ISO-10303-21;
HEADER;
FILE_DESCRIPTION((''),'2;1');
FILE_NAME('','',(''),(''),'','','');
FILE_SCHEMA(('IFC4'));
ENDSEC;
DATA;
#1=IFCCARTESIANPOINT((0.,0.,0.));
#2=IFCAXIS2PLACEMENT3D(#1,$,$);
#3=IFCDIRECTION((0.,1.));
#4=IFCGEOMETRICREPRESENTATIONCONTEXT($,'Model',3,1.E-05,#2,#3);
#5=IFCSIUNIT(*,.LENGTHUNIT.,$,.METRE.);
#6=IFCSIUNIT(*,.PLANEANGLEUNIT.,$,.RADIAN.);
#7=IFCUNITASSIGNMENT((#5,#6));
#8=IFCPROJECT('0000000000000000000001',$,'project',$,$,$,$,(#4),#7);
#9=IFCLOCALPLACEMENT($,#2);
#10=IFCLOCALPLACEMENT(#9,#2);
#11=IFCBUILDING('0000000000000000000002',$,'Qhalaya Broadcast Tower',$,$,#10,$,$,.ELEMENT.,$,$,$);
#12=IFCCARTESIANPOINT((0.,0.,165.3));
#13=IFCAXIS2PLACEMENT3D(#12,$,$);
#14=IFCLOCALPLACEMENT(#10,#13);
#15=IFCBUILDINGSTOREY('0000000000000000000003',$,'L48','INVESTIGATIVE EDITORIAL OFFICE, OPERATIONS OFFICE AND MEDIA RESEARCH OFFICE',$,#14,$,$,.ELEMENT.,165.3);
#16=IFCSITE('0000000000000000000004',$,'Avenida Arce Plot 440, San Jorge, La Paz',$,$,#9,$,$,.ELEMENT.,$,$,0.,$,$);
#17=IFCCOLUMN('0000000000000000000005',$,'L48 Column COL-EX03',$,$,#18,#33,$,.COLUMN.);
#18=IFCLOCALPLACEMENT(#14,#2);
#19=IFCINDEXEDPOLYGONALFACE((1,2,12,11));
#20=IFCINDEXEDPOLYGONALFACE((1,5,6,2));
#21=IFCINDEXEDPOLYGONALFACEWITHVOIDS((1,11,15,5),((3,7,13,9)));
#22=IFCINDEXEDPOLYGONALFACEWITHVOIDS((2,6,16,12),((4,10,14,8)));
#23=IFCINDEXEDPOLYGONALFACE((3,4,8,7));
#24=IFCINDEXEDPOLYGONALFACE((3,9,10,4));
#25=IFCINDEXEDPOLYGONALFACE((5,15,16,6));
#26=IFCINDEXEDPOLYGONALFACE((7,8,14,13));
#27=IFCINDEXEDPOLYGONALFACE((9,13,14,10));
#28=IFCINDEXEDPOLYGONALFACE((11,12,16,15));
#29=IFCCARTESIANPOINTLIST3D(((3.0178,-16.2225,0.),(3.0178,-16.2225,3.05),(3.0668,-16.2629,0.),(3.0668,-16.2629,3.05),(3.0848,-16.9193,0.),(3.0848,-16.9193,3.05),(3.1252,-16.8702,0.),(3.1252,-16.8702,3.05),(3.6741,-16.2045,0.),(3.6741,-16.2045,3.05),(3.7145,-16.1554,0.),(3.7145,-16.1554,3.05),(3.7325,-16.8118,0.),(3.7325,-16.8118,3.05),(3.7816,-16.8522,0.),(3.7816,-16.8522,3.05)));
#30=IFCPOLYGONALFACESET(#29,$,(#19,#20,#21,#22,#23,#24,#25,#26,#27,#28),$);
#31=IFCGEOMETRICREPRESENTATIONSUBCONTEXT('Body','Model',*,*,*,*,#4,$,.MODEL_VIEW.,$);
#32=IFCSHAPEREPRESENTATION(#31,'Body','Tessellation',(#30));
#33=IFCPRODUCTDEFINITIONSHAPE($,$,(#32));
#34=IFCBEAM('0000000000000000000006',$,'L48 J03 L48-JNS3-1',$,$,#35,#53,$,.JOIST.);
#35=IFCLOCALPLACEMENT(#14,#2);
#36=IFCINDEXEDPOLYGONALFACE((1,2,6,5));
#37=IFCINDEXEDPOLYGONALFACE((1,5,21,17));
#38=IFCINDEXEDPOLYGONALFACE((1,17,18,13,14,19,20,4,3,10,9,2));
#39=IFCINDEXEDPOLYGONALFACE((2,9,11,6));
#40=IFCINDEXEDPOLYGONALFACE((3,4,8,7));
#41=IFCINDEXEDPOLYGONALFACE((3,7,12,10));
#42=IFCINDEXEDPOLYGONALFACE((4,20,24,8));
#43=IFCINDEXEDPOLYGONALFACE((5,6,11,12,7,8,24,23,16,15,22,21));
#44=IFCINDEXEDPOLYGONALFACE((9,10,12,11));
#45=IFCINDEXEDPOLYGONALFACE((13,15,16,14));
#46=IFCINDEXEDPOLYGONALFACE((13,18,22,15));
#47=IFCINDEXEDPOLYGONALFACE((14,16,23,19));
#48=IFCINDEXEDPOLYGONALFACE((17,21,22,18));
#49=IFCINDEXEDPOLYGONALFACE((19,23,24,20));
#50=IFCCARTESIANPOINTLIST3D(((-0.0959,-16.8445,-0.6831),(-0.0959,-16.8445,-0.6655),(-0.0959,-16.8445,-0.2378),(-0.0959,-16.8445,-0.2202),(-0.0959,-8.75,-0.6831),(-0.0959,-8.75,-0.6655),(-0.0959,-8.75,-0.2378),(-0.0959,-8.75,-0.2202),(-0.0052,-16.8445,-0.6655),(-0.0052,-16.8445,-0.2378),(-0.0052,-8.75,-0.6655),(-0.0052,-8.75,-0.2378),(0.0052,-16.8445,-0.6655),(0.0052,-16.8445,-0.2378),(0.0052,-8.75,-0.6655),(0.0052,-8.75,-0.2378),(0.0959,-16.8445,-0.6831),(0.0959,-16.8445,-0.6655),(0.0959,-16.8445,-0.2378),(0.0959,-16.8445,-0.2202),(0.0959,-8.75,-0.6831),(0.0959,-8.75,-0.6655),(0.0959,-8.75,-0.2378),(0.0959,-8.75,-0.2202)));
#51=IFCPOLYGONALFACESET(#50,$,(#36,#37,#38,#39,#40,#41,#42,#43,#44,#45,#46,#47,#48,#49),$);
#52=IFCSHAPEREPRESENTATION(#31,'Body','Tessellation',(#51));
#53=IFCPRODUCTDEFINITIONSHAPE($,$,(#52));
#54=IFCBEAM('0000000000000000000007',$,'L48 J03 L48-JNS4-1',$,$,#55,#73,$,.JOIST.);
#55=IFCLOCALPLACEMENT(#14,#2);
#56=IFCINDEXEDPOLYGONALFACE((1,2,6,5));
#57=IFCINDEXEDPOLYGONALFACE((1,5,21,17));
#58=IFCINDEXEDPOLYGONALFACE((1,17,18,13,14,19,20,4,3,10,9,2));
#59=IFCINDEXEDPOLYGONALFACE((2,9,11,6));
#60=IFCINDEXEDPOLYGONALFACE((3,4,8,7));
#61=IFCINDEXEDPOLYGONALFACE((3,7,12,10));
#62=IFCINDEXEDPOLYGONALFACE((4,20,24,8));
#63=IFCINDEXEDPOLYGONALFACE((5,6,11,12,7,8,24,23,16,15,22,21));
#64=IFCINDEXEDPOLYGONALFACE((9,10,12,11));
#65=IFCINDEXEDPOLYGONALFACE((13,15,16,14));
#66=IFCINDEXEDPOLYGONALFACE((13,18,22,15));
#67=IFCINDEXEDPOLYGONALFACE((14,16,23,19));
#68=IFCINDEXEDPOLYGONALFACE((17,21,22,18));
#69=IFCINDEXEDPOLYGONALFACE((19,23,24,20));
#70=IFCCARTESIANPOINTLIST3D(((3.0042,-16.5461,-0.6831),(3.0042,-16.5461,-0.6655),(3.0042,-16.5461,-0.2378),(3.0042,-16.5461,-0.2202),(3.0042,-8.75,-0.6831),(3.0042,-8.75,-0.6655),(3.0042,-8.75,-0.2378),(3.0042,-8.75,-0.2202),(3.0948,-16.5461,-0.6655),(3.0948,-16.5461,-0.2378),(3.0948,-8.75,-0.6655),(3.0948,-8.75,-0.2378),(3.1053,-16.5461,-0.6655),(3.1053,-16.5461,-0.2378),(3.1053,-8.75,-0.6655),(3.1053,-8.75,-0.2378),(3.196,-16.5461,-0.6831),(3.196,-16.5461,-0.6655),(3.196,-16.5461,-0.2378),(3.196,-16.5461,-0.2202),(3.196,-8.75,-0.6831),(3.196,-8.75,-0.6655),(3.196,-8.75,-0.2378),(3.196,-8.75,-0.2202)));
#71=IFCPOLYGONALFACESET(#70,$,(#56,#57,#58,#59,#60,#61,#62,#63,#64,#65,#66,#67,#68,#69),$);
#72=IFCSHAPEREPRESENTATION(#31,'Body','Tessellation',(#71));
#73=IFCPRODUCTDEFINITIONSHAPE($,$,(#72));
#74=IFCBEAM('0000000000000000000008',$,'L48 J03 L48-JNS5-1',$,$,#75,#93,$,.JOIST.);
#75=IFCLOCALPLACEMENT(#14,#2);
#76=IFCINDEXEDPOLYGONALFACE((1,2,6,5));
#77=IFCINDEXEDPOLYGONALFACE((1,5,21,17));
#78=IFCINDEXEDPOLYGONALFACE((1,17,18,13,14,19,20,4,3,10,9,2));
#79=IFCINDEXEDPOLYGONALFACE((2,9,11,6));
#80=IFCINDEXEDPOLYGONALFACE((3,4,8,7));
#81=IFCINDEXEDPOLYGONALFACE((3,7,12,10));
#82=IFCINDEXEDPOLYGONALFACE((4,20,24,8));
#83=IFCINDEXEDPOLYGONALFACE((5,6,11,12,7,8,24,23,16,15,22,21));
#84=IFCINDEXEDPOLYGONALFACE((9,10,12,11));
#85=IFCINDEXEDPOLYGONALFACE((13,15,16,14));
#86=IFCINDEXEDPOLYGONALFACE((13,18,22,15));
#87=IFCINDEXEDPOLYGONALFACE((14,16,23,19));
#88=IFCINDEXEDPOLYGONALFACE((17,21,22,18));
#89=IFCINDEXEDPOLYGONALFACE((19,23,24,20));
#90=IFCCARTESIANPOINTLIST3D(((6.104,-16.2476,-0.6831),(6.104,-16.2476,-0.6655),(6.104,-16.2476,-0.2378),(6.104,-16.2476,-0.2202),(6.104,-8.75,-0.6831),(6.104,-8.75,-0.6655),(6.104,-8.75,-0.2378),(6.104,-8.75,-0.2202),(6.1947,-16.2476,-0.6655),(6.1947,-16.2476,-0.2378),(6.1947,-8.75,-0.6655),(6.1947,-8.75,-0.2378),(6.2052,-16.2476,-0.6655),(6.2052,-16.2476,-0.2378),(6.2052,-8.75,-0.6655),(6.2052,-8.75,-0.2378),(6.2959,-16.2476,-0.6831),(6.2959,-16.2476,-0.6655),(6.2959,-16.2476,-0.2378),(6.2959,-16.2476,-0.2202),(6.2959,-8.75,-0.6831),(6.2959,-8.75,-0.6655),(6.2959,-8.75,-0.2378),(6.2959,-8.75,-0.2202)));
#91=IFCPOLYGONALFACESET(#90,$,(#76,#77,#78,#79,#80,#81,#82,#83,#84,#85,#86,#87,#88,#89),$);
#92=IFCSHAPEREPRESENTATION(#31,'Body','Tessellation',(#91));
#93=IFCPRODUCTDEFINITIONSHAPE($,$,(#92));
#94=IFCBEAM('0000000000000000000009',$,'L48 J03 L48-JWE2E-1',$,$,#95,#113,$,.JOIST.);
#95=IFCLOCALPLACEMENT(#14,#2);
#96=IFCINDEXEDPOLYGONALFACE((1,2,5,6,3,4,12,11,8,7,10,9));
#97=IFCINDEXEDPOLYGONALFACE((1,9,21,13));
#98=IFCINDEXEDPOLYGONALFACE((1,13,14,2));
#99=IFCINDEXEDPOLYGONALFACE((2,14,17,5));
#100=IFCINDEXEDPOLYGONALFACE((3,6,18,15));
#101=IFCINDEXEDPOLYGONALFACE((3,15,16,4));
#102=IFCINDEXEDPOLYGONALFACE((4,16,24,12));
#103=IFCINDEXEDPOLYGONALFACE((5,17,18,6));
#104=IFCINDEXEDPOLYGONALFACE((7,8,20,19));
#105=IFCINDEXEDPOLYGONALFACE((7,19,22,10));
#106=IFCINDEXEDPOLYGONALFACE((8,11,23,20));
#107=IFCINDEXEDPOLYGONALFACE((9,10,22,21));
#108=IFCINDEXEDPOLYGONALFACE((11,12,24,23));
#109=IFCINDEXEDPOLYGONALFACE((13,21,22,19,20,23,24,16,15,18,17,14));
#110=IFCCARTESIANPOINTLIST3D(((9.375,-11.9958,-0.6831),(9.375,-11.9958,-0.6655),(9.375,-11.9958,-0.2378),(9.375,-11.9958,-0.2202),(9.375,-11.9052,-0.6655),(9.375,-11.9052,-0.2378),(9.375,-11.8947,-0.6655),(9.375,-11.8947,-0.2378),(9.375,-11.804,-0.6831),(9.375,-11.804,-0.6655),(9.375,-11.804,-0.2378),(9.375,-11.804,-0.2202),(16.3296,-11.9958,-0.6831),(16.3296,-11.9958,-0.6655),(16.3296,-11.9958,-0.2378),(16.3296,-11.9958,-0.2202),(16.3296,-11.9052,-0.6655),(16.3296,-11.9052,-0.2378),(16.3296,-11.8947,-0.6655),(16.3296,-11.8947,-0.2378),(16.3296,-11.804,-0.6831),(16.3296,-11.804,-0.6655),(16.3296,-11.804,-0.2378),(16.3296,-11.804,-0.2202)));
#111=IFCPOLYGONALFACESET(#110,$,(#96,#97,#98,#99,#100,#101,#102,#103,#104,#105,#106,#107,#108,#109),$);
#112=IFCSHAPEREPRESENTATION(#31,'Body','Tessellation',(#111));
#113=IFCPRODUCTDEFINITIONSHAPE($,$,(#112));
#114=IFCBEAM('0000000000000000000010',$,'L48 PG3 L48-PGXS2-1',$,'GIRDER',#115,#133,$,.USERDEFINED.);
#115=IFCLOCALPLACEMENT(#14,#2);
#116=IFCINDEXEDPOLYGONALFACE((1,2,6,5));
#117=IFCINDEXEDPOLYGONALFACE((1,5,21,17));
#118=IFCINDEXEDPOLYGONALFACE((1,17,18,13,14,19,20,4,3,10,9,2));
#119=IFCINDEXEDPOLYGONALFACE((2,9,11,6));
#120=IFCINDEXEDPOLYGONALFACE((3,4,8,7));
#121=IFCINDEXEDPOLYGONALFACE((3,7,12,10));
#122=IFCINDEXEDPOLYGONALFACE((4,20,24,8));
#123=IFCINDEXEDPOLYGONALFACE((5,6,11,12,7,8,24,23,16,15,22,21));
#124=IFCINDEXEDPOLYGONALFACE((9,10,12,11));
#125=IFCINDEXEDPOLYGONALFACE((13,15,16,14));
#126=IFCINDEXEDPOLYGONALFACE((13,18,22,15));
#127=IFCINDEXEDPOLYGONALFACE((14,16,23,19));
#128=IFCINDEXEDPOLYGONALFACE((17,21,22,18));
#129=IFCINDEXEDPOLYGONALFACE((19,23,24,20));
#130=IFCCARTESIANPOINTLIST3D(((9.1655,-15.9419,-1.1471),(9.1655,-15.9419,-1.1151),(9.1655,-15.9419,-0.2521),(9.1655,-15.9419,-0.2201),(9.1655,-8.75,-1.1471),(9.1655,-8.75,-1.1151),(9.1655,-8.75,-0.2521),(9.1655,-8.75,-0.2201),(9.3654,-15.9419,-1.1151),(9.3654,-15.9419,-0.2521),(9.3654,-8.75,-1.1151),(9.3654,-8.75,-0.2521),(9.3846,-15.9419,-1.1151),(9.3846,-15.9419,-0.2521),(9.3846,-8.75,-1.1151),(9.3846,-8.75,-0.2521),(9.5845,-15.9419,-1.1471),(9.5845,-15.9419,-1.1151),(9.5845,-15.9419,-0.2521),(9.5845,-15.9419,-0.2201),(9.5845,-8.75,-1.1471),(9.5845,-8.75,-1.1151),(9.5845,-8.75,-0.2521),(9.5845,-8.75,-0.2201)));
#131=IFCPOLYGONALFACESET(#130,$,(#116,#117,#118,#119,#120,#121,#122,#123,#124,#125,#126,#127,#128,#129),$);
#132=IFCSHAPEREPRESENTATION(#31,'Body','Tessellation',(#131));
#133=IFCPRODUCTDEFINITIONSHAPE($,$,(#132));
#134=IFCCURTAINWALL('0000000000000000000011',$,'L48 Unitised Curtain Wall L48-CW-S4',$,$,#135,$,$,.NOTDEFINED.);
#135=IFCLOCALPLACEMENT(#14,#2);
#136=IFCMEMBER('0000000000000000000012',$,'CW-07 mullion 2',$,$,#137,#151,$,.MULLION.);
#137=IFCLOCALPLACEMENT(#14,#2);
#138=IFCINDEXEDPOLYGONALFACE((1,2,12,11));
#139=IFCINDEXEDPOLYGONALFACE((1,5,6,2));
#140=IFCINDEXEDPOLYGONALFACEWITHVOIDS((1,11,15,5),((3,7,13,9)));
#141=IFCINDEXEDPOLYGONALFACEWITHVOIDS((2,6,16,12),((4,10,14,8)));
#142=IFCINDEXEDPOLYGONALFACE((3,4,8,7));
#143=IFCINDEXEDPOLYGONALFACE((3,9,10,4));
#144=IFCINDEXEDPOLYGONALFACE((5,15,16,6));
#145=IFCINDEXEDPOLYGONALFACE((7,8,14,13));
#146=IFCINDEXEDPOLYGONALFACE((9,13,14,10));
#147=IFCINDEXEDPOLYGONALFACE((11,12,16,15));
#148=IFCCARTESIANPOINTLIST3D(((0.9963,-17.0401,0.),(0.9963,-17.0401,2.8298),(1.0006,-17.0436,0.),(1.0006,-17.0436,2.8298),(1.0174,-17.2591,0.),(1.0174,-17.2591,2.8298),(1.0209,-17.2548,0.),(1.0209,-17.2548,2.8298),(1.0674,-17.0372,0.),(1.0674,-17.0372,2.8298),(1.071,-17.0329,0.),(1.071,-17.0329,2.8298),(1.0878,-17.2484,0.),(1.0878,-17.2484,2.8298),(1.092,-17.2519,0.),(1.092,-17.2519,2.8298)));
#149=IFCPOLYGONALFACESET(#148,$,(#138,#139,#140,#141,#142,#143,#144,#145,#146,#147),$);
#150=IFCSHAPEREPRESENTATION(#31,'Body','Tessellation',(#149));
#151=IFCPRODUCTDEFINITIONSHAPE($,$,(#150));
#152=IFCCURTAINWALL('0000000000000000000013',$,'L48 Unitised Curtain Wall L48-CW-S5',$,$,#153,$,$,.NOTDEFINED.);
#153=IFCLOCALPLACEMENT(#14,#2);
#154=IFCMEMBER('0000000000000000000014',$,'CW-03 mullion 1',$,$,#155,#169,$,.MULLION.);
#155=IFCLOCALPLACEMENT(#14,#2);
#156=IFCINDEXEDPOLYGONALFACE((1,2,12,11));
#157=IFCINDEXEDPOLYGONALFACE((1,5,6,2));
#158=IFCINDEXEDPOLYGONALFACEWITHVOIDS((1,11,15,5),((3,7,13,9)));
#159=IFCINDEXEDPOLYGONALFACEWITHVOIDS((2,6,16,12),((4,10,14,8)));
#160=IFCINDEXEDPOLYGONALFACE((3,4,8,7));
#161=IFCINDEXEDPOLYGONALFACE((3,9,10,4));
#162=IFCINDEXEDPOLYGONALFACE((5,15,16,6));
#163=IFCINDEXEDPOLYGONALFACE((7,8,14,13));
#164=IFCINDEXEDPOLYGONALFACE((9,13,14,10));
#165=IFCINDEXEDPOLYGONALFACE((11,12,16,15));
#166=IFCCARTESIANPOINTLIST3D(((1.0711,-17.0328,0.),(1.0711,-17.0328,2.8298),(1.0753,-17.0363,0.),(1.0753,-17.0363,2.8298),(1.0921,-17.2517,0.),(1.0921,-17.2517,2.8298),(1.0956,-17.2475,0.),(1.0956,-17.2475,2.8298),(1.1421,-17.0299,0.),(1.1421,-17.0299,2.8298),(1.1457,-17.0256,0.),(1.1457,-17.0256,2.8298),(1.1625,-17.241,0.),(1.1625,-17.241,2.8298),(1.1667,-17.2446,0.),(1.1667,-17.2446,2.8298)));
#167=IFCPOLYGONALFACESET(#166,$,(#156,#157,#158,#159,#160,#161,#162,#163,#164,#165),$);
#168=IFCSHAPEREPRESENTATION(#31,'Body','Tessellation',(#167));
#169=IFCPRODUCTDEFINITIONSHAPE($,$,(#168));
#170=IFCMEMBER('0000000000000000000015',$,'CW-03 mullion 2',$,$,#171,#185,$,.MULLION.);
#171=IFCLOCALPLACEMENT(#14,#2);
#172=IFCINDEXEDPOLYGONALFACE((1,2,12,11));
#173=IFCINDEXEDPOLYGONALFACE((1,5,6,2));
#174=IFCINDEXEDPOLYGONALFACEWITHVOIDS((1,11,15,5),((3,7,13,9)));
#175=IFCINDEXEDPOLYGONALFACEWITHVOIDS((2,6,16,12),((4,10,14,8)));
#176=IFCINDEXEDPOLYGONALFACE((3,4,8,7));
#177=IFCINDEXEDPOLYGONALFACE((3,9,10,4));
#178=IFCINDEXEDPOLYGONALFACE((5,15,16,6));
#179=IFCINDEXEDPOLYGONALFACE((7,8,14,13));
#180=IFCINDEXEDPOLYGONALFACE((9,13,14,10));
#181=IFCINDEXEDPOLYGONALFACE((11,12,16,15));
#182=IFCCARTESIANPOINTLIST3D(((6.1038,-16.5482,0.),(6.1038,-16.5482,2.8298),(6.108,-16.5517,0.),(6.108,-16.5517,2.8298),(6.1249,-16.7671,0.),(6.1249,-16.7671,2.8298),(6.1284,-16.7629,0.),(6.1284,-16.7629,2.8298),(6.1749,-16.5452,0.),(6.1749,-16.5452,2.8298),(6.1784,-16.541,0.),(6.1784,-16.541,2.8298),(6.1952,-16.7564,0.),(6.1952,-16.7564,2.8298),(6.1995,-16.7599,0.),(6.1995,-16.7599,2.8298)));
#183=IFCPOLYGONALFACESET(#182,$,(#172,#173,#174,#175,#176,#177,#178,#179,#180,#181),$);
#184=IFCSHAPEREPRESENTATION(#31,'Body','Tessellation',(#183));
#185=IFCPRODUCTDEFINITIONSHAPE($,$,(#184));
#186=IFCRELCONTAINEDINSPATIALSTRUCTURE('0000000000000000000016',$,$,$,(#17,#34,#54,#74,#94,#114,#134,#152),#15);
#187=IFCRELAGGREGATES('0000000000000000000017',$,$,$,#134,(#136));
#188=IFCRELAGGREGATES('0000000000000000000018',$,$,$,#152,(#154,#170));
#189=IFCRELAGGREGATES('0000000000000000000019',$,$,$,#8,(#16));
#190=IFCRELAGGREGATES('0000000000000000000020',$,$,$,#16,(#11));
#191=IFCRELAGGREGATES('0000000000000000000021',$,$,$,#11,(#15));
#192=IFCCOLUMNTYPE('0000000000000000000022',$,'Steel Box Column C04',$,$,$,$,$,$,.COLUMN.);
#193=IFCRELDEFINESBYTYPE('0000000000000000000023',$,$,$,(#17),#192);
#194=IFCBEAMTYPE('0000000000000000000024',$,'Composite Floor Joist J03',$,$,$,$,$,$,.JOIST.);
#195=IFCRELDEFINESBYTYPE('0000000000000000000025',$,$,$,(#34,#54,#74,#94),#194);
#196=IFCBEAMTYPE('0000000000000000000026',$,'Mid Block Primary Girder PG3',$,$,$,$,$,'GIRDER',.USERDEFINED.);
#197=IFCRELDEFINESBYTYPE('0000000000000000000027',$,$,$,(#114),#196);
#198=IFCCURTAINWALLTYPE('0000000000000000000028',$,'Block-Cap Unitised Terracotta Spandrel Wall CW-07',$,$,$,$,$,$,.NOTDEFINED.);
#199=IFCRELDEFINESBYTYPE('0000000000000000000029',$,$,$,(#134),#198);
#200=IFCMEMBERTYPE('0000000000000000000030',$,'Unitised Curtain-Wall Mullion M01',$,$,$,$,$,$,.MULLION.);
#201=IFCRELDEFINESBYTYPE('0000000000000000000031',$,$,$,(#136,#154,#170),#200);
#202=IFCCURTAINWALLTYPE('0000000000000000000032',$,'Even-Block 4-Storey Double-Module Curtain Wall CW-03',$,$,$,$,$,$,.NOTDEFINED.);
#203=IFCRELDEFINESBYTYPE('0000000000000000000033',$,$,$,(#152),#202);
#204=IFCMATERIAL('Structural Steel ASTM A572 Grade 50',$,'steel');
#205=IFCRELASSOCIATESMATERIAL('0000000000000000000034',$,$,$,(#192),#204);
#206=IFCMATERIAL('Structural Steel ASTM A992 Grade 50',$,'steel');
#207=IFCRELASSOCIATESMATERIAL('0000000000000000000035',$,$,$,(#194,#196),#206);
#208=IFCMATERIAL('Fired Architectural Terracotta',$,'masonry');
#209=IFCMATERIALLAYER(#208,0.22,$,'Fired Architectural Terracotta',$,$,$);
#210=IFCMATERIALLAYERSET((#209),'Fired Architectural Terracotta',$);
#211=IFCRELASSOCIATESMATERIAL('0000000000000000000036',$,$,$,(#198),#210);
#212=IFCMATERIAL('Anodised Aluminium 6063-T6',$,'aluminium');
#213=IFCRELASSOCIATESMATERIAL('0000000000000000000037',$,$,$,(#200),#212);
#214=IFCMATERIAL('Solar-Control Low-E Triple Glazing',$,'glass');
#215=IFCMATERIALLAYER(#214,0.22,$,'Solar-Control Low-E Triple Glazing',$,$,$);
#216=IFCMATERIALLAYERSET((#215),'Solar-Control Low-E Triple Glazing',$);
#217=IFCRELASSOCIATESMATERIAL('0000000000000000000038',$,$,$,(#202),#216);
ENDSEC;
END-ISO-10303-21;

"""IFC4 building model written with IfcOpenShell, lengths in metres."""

from ifc_helpers import new_model, si_unit, direction, frame, origin, origin_2d, place, context, subcontext, project, spatial, hollow_rectangle, i_section, extrude, material, layer, layer_set, material_profile, profile_set, type_object, element, aggregate, save


model = new_model("IFC4")

# Units and contexts
model_context = context("Model", 3, precision=1e-05, world=origin(), true_north=direction((0.0, 1.0)))
body_context = subcontext(model_context, "Body", "Model", "MODEL_VIEW")
ifc_project = project(units=[si_unit("LENGTHUNIT", "METRE"), si_unit("PLANEANGLEUNIT", "RADIAN")], contexts=[model_context])

# Site, building, storey
site_placement = place(None, origin())
site = spatial("IfcSite", under=ifc_project, at=site_placement, Name="Avenida Arce Plot 440, San Jorge, La Paz", CompositionType="ELEMENT", RefElevation=0.0)
building_placement = place(site_placement, origin())
building = spatial("IfcBuilding", under=site, at=building_placement, Name="Qhalaya Broadcast Tower", CompositionType="ELEMENT")
storey_placement = place(building_placement, frame((0.0, 0.0, 165.3)))
storey = spatial("IfcBuildingStorey", under=building, at=storey_placement, Name="L48", Description="INVESTIGATIVE EDITORIAL OFFICE, OPERATIONS OFFICE AND MEDIA RESEARCH OFFICE", CompositionType="ELEMENT", Elevation=165.3)

# Column
ifc_material_1 = material(Name="Structural Steel ASTM A572 Grade 50", Category="steel")
ifc_material_profile_1 = material_profile(ifc_material_1, hollow_rectangle(XDim=0.7, YDim=0.7, WallThickness=0.0449, at=origin_2d()), Name="BOX 700x700x45")
ifc_profile_set_1 = profile_set([ifc_material_profile_1], Name="Structural Steel ASTM A572 Grade 50")
column_type = type_object("IfcColumnType", Name="Steel Box Column C04", PredefinedType="COLUMN", material=ifc_profile_set_1)
column_placement = place(storey_placement, frame((3.3997, -16.5374, 0.0), z_axis=(0.0, 0.0, 1.0), x_axis=(0.995396, 0.095846, 0.0)))
element("IfcColumn", 1, at=column_placement, inside=storey, type_object=column_type, Name="L48 Column COL-EX03", PredefinedType="COLUMN", context=body_context, shape_type="SweptSolid", body=[
    extrude(hollow_rectangle(XDim=0.7, YDim=0.7, WallThickness=0.0449, at=origin_2d()), origin(), (0.0, 0.0, 1.0), 3.05),
])

# Beams
ifc_material_2 = material(Name="Structural Steel ASTM A992 Grade 50", Category="steel")
ifc_material_profile_2 = material_profile(ifc_material_2, i_section(OverallWidth=0.1919, OverallDepth=0.4629, WebThickness=0.0105, FlangeThickness=0.0176, at=origin_2d()), Name="W18X60")
ifc_profile_set_2 = profile_set([ifc_material_profile_2], Name="Structural Steel ASTM A992 Grade 50")
beam_type_1 = type_object("IfcBeamType", Name="Composite Floor Joist J03", PredefinedType="JOIST", material=ifc_profile_set_2)
beam_1_placement = place(storey_placement, frame((0.0, -16.8445, -0.4517), z_axis=(0.0, 1.0, 0.0), x_axis=(-1.0, 0.0, 0.0)))
element("IfcBeam", 2, at=beam_1_placement, inside=storey, type_object=beam_type_1, Name="L48 J03 L48-JNS3-1", PredefinedType="JOIST", context=body_context, shape_type="SweptSolid", body=[
    extrude(i_section(OverallWidth=0.1919, OverallDepth=0.4629, WebThickness=0.0105, FlangeThickness=0.0176, at=origin_2d()), origin(), (0.0, 0.0, 1.0), 8.0945),
])
beam_2_placement = place(storey_placement, frame((3.1001, -16.5461, -0.4517), z_axis=(0.0, 1.0, 0.0), x_axis=(-1.0, 0.0, 0.0)))
element("IfcBeam", 3, at=beam_2_placement, inside=storey, type_object=beam_type_1, Name="L48 J03 L48-JNS4-1", PredefinedType="JOIST", context=body_context, shape_type="SweptSolid", body=[
    extrude(i_section(OverallWidth=0.1919, OverallDepth=0.4629, WebThickness=0.0105, FlangeThickness=0.0176, at=origin_2d()), origin(), (0.0, 0.0, 1.0), 7.7961),
])
beam_3_placement = place(storey_placement, frame((6.2, -16.2476, -0.4517), z_axis=(0.0, 1.0, 0.0), x_axis=(-1.0, 0.0, 0.0)))
element("IfcBeam", 4, at=beam_3_placement, inside=storey, type_object=beam_type_1, Name="L48 J03 L48-JNS5-1", PredefinedType="JOIST", context=body_context, shape_type="SweptSolid", body=[
    extrude(i_section(OverallWidth=0.1919, OverallDepth=0.4629, WebThickness=0.0105, FlangeThickness=0.0176, at=origin_2d()), origin(), (0.0, 0.0, 1.0), 7.4976),
])
beam_4_placement = place(storey_placement, frame((9.375, -11.8999, -0.4517), z_axis=(1.0, 0.0, 0.0), x_axis=(0.0, 1.0, 0.0)))
element("IfcBeam", 5, at=beam_4_placement, inside=storey, type_object=beam_type_1, Name="L48 J03 L48-JWE2E-1", PredefinedType="JOIST", context=body_context, shape_type="SweptSolid", body=[
    extrude(i_section(OverallWidth=0.1919, OverallDepth=0.4629, WebThickness=0.0105, FlangeThickness=0.0176, at=origin_2d()), origin(), (0.0, 0.0, 1.0), 6.9546),
])
ifc_material_profile_3 = material_profile(ifc_material_2, i_section(OverallWidth=0.4189, OverallDepth=0.927, WebThickness=0.0193, FlangeThickness=0.032, at=origin_2d()), Name="W36X231")
ifc_profile_set_3 = profile_set([ifc_material_profile_3], Name="Structural Steel ASTM A992 Grade 50")
beam_type_2 = type_object("IfcBeamType", Name="Mid Block Primary Girder PG3", ElementType="GIRDER", PredefinedType="USERDEFINED", material=ifc_profile_set_3)
beam_5_placement = place(storey_placement, frame((9.375, -15.9419, -0.6836), z_axis=(0.0, 1.0, 0.0), x_axis=(-1.0, 0.0, 0.0)))
element("IfcBeam", 6, at=beam_5_placement, inside=storey, type_object=beam_type_2, Name="L48 PG3 L48-PGXS2-1", ObjectType="GIRDER", PredefinedType="USERDEFINED", context=body_context, shape_type="SweptSolid", body=[
    extrude(i_section(OverallWidth=0.4189, OverallDepth=0.927, WebThickness=0.0193, FlangeThickness=0.032, at=origin_2d()), origin(), (0.0, 0.0, 1.0), 7.1919),
])

# Curtain wall, member
ifc_material_3 = material(Name="Fired Architectural Terracotta", Category="masonry")
ifc_layer_1 = layer(ifc_material_3, 0.22, Name="Fired Architectural Terracotta")
ifc_layer_set_1 = layer_set([ifc_layer_1], Name="Fired Architectural Terracotta")
curtain_wall_type_1 = type_object("IfcCurtainWallType", Name="Block-Cap Unitised Terracotta Spandrel Wall CW-07", PredefinedType="NOTDEFINED", material=ifc_layer_set_1)
curtain_wall_1_placement = place(storey_placement, origin())
curtain_wall_1 = element("IfcCurtainWall", 7, at=curtain_wall_1_placement, inside=storey, type_object=curtain_wall_type_1, Name="L48 Unitised Curtain Wall L48-CW-S4", PredefinedType="NOTDEFINED")
ifc_material_4 = material(Name="Anodised Aluminium 6063-T6", Category="aluminium")
ifc_material_profile_4 = material_profile(ifc_material_4, hollow_rectangle(XDim=0.075, YDim=0.22, WallThickness=0.0039, at=origin_2d()), Name="ALU-MUL 75x220x4")
ifc_profile_set_4 = profile_set([ifc_material_profile_4], Name="Anodised Aluminium 6063-T6")
member_type_1 = type_object("IfcMemberType", Name="Unitised Curtain-Wall Mullion M01", PredefinedType="MULLION", material=ifc_profile_set_4)
member_1_placement = place(storey_placement, frame((1.0442, -17.146, 0.0), z_axis=(0.0, 0.0, 1.0), x_axis=(0.995397, 0.095837, 0.0)))
member_1 = element("IfcMember", 8, at=member_1_placement, type_object=member_type_1, Name="CW-07 mullion 2", PredefinedType="MULLION", context=body_context, shape_type="SweptSolid", body=[
    extrude(hollow_rectangle(XDim=0.075, YDim=0.22, WallThickness=0.0039, at=origin_2d()), origin(), (0.0, 0.0, 1.0), 2.8298),
])
aggregate(curtain_wall_1, [member_1])

# Curtain wall, members
ifc_material_5 = material(Name="Solar-Control Low-E Triple Glazing", Category="glass")
ifc_layer_2 = layer(ifc_material_5, 0.22, Name="Solar-Control Low-E Triple Glazing")
ifc_layer_set_2 = layer_set([ifc_layer_2], Name="Solar-Control Low-E Triple Glazing")
curtain_wall_type_2 = type_object("IfcCurtainWallType", Name="Even-Block 4-Storey Double-Module Curtain Wall CW-03", PredefinedType="NOTDEFINED", material=ifc_layer_set_2)
curtain_wall_2_placement = place(storey_placement, origin())
curtain_wall_2 = element("IfcCurtainWall", 9, at=curtain_wall_2_placement, inside=storey, type_object=curtain_wall_type_2, Name="L48 Unitised Curtain Wall L48-CW-S5", PredefinedType="NOTDEFINED")
member_2_placement = place(storey_placement, frame((1.1189, -17.1387, 0.0), z_axis=(0.0, 0.0, 1.0), x_axis=(0.995396, 0.095848, 0.0)))
member_2 = element("IfcMember", 10, at=member_2_placement, type_object=member_type_1, Name="CW-03 mullion 1", PredefinedType="MULLION", context=body_context, shape_type="SweptSolid", body=[
    extrude(hollow_rectangle(XDim=0.075, YDim=0.22, WallThickness=0.0039, at=origin_2d()), origin(), (0.0, 0.0, 1.0), 2.8298),
])
member_3_placement = place(storey_placement, frame((6.1516, -16.6541, 0.0), z_axis=(0.0, 0.0, 1.0), x_axis=(0.995396, 0.095848, 0.0)))
member_3 = element("IfcMember", 11, at=member_3_placement, type_object=member_type_1, Name="CW-03 mullion 2", PredefinedType="MULLION", context=body_context, shape_type="SweptSolid", body=[
    extrude(hollow_rectangle(XDim=0.075, YDim=0.22, WallThickness=0.0039, at=origin_2d()), origin(), (0.0, 0.0, 1.0), 2.8298),
])

aggregate(curtain_wall_2, [member_2, member_3])

save(model, "model.ifc")
